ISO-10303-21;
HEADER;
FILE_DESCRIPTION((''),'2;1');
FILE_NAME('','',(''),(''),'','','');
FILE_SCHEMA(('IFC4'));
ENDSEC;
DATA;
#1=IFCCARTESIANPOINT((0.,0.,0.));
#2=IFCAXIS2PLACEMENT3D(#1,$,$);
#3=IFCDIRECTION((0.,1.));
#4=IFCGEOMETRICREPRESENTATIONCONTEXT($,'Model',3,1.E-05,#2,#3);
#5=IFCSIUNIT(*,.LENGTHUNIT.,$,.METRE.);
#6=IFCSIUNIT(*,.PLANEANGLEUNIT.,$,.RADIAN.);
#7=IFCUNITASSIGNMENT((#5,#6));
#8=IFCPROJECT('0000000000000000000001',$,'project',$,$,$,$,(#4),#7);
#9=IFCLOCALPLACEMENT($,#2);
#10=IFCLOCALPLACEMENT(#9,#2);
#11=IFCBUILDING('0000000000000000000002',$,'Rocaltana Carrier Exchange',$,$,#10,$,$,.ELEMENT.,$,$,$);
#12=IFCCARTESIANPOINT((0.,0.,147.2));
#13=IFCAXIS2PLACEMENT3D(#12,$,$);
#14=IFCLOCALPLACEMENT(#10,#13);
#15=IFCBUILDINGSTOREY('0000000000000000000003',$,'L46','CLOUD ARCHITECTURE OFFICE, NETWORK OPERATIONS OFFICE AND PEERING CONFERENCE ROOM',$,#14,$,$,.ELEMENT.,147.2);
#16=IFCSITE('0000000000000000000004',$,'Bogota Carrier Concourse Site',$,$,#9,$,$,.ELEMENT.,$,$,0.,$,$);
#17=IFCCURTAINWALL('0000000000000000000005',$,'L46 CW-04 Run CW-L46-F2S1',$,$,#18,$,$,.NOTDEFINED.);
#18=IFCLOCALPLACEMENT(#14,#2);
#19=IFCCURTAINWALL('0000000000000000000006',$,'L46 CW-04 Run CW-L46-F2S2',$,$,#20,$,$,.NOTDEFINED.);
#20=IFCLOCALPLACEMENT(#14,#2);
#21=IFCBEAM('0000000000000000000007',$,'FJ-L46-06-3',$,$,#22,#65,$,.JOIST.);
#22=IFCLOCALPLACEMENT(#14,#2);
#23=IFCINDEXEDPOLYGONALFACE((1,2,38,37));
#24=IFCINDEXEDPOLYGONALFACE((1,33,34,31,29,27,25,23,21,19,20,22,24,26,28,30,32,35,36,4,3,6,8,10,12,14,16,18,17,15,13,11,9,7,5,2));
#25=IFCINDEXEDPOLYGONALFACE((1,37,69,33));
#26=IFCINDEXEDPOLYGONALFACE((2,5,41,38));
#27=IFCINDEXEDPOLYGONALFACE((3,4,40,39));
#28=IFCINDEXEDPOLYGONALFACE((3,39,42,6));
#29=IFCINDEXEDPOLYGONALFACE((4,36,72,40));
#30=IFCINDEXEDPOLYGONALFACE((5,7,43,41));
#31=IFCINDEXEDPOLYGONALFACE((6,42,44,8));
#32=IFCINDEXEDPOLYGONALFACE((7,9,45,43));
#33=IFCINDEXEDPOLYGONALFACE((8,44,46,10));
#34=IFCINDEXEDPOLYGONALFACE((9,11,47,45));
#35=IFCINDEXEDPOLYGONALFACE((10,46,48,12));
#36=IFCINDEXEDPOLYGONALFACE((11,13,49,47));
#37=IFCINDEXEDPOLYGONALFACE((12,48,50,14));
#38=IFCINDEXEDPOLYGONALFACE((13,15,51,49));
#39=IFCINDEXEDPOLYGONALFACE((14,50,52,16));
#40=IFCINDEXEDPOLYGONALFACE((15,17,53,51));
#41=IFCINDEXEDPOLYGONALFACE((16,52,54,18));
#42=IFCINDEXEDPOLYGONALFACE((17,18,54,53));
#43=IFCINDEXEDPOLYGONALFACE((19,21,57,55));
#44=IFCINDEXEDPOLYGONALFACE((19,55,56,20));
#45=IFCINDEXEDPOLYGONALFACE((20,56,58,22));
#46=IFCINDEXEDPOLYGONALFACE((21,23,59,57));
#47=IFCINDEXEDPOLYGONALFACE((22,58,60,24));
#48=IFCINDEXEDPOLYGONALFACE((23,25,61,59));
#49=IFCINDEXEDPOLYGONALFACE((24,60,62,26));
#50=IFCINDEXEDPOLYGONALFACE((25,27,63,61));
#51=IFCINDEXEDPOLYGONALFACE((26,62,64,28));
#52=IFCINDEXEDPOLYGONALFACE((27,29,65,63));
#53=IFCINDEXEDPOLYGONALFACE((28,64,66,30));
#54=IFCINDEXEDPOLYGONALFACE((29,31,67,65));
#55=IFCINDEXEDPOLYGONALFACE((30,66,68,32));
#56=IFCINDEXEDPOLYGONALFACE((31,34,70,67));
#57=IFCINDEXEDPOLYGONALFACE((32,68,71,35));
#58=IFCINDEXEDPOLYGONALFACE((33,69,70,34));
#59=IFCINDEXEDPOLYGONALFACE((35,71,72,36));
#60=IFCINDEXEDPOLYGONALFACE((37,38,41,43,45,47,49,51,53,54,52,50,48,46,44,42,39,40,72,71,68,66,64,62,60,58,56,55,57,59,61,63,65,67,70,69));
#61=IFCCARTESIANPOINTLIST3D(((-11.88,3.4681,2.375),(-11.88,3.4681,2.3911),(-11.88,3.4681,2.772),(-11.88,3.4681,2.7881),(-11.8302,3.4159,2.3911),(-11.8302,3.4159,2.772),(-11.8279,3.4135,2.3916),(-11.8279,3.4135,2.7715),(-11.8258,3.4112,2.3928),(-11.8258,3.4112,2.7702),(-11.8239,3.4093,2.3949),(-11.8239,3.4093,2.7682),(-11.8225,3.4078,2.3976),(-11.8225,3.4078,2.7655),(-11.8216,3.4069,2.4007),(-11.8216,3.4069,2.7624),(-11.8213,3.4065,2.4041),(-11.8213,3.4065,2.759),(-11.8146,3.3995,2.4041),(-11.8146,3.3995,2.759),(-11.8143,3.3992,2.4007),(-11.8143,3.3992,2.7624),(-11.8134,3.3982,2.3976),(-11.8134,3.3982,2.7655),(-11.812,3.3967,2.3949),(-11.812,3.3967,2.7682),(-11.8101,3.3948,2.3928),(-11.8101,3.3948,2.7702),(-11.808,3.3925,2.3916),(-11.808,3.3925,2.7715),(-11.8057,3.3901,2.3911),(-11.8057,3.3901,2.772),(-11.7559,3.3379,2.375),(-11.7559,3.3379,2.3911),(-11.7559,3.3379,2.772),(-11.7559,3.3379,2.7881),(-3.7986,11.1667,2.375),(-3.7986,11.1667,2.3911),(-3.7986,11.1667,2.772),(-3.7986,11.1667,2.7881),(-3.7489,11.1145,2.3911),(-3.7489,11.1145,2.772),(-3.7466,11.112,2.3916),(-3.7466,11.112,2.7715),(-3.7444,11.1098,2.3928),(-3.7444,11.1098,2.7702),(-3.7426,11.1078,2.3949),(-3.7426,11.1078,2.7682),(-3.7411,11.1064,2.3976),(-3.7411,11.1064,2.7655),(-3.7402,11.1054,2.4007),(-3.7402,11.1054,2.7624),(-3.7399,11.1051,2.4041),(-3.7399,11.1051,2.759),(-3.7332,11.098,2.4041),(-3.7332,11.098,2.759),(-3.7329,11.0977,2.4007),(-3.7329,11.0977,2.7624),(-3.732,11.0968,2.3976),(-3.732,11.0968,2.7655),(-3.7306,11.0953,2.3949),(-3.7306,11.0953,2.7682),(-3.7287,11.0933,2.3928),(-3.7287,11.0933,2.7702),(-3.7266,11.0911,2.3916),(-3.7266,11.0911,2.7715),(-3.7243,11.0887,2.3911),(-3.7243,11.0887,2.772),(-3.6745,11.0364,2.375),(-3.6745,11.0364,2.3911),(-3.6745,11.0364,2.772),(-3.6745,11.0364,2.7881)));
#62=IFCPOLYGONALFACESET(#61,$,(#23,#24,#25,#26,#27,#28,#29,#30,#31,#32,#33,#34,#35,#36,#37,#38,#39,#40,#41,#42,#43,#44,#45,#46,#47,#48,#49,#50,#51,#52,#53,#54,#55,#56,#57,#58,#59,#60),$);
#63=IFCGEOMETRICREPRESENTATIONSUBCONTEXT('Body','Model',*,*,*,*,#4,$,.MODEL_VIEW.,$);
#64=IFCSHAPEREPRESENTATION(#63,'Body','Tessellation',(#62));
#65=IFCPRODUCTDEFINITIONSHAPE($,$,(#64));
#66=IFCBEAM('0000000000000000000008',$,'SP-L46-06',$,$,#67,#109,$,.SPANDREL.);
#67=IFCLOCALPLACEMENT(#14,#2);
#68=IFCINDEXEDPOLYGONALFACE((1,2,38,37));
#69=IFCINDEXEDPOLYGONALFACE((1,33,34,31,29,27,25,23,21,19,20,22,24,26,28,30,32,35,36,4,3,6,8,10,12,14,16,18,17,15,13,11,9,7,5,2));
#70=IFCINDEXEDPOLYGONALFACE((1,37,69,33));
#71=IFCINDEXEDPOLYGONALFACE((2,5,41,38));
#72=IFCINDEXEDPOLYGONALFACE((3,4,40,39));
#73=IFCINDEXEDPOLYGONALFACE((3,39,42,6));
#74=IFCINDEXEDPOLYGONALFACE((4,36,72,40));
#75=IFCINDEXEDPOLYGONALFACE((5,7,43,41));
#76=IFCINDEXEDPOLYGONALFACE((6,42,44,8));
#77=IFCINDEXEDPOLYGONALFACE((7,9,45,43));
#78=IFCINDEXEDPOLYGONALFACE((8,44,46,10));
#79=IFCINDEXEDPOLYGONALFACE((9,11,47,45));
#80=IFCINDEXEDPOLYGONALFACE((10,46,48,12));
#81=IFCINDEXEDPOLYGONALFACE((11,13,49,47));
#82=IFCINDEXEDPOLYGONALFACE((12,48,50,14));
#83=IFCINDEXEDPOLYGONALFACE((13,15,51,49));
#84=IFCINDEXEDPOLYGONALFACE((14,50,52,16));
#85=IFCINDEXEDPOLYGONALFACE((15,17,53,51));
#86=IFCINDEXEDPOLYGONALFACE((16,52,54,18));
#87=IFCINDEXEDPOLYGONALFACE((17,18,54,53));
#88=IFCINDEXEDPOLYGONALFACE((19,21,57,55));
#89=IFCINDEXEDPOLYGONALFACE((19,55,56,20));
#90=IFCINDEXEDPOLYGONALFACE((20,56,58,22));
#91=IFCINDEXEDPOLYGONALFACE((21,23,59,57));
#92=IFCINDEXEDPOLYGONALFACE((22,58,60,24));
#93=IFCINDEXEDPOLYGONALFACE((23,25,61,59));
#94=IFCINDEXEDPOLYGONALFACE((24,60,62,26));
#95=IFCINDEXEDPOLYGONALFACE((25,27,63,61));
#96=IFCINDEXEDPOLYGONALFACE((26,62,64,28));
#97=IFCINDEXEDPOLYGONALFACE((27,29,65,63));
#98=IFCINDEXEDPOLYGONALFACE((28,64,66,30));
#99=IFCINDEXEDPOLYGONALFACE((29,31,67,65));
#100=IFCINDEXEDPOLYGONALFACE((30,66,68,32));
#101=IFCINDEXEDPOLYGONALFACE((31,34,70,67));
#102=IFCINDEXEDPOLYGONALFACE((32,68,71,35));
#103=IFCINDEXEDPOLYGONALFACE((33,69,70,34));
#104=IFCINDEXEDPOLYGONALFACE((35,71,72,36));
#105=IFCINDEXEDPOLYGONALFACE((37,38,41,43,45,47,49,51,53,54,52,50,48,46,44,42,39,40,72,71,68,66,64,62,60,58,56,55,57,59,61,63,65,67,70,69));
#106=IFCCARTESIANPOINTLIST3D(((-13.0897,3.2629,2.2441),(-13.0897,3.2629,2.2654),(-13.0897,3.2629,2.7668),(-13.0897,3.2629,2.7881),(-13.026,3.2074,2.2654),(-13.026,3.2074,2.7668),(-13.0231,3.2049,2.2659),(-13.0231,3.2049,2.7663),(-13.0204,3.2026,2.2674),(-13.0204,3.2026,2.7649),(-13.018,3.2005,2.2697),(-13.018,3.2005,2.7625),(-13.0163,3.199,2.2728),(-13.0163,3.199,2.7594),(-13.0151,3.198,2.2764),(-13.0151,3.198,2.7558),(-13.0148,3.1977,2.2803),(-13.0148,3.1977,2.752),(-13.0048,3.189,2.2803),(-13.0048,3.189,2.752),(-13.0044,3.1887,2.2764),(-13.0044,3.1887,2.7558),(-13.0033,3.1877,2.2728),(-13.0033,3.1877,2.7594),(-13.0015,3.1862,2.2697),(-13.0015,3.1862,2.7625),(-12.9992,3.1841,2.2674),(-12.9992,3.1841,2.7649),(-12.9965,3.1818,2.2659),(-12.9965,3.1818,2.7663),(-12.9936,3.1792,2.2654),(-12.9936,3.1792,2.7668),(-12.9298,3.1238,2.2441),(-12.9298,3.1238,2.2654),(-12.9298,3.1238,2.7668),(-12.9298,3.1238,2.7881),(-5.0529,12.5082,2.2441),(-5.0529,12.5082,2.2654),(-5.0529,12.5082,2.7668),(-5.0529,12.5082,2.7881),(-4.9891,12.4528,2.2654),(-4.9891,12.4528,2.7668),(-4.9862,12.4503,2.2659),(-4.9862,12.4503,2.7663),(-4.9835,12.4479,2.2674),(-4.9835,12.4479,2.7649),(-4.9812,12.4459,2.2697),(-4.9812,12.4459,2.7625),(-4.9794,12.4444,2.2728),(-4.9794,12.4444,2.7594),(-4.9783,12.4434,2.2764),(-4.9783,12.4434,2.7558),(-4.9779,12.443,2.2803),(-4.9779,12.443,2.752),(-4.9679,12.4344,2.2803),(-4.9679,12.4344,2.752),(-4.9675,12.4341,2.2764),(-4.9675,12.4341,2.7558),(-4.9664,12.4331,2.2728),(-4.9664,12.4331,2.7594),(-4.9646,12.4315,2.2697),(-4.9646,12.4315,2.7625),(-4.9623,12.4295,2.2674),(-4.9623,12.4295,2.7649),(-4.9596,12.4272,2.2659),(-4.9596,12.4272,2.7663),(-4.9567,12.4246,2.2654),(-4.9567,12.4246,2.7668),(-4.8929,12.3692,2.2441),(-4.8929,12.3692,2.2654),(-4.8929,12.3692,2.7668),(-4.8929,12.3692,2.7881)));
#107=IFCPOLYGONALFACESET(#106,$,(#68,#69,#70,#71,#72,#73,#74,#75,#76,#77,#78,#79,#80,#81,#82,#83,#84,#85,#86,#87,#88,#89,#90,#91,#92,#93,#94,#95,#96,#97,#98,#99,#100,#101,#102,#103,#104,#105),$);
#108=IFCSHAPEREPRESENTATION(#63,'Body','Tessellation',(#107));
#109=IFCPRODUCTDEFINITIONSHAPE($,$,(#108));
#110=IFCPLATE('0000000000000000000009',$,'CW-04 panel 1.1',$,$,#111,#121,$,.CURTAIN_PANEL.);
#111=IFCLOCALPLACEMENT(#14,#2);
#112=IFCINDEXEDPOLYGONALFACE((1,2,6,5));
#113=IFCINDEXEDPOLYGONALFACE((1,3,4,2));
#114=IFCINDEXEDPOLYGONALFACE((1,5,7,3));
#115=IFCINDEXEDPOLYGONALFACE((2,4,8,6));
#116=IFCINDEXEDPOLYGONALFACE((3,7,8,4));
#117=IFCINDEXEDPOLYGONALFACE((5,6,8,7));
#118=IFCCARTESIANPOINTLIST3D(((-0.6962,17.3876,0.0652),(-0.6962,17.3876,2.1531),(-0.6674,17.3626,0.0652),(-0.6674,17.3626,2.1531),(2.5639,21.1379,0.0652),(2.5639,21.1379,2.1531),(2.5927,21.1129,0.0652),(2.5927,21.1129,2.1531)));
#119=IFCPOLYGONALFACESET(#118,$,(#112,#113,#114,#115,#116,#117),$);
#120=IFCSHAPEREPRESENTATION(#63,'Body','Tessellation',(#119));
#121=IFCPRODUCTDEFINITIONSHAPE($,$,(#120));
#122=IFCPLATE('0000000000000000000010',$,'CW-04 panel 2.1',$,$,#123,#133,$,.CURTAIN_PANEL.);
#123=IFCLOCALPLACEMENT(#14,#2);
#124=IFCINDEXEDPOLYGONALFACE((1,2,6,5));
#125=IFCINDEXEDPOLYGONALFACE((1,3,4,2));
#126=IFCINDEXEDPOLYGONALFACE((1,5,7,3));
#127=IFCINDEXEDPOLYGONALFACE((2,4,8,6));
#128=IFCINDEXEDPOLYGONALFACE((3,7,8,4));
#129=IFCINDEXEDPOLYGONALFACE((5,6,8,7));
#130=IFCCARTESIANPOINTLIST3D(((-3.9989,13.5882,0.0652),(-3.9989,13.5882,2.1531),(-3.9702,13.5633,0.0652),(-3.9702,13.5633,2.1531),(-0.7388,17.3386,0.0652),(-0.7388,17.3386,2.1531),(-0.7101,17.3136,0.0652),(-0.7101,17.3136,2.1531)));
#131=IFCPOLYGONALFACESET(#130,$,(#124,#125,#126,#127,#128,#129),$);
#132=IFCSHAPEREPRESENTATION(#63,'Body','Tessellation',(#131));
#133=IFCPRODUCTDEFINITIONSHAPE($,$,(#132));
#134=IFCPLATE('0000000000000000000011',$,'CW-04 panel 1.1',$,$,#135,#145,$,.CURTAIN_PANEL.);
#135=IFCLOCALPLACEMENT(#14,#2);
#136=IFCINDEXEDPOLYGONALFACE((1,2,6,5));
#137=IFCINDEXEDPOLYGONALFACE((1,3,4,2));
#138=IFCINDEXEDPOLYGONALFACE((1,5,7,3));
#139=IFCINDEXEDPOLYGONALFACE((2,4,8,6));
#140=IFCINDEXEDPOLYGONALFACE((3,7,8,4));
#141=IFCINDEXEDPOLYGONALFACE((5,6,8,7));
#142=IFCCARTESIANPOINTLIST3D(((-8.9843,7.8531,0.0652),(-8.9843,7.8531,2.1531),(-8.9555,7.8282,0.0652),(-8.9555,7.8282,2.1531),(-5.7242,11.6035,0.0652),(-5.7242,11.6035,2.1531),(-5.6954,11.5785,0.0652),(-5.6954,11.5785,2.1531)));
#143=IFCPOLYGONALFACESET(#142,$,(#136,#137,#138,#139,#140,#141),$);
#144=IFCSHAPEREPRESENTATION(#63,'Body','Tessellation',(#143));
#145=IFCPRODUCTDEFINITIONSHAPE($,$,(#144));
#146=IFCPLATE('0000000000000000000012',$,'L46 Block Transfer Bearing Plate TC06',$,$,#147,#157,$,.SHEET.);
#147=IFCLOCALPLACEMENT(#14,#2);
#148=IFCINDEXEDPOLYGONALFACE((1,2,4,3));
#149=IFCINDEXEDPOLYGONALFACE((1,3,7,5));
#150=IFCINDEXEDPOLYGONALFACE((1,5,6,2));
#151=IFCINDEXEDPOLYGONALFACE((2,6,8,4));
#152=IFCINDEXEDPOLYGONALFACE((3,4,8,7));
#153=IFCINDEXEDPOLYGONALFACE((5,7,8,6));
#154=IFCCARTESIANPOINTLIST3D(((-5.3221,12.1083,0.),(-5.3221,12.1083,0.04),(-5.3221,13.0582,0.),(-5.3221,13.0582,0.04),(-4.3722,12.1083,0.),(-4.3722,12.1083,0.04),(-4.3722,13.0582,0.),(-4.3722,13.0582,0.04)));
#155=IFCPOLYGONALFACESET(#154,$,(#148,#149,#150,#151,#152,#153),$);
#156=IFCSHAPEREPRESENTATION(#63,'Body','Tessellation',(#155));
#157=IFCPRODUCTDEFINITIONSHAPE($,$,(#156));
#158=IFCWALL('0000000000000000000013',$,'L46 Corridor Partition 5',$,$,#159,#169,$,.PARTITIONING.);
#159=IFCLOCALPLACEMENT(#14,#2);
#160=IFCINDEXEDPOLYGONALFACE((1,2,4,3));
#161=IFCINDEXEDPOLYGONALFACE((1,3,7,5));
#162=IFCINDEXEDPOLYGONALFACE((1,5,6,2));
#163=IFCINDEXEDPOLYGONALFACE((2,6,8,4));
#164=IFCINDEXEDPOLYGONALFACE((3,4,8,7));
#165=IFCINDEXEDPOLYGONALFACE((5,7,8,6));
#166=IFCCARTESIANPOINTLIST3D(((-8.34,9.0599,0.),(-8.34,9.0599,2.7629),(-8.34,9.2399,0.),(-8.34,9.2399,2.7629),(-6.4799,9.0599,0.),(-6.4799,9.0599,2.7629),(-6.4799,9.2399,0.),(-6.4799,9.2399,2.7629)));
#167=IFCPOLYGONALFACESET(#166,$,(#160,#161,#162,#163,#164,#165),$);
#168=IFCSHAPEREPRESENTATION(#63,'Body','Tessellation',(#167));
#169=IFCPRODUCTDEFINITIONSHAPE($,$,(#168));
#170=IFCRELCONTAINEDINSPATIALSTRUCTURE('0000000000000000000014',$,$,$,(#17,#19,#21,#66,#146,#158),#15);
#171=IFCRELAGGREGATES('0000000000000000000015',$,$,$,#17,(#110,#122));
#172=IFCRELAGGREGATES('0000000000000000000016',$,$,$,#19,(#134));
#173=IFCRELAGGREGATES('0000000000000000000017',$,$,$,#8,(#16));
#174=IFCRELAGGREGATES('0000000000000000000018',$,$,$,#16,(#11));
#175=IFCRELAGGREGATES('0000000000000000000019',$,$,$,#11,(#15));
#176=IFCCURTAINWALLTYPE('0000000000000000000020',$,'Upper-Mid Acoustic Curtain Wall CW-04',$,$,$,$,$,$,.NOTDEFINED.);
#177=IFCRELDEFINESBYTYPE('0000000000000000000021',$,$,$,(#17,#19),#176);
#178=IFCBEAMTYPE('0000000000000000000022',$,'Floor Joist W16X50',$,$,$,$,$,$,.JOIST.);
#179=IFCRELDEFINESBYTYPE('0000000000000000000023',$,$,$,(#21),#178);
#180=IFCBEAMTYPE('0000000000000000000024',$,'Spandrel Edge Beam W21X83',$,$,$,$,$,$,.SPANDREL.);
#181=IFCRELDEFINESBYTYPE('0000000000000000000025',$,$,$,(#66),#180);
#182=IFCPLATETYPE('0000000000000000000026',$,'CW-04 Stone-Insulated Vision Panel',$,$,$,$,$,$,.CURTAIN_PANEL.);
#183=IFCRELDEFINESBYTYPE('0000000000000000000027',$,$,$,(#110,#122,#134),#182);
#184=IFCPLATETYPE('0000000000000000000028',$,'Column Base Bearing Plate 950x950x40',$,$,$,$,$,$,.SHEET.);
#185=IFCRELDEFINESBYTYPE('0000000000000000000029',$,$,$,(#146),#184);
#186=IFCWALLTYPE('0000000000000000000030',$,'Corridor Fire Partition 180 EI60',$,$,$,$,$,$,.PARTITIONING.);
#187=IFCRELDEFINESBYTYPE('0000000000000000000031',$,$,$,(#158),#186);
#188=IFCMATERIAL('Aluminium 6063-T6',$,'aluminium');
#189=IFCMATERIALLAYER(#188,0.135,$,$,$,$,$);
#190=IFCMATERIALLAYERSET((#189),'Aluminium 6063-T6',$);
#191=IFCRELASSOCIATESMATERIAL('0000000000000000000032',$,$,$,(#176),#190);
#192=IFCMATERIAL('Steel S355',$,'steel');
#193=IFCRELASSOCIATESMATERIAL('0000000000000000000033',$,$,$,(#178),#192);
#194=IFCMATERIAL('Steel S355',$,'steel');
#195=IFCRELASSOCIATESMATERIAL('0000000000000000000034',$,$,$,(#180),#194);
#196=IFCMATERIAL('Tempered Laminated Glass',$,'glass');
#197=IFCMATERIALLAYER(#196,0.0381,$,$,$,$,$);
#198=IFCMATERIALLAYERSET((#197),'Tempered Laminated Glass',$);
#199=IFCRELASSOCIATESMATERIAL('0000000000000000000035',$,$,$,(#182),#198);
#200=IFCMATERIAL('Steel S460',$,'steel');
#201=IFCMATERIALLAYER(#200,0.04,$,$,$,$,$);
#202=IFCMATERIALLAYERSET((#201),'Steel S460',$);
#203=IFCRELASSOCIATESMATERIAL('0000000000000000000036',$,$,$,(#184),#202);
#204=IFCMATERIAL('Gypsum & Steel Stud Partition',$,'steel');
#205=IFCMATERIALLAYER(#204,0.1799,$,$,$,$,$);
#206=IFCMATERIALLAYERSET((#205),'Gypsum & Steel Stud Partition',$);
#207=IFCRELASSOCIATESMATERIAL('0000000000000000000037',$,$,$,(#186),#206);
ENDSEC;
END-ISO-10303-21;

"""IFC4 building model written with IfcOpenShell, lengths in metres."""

from ifc_helpers import new_model, si_unit, direction, frame, frame_2d, origin, origin_2d, place, context, subcontext, project, spatial, rectangle, i_section, extrude, material, layer, layer_set, material_profile, profile_set, type_object, element, aggregate, save


model = new_model("IFC4")

# Units and contexts
model_context = context("Model", 3, precision=1e-05, world=origin(), true_north=direction((0.0, 1.0)))
body_context = subcontext(model_context, "Body", "Model", "MODEL_VIEW")
ifc_project = project(units=[si_unit("LENGTHUNIT", "METRE"), si_unit("PLANEANGLEUNIT", "RADIAN")], contexts=[model_context])

# Site, building, storey
site_placement = place(None, origin())
site = spatial("IfcSite", under=ifc_project, at=site_placement, Name="Bogota Carrier Concourse Site", CompositionType="ELEMENT", RefElevation=0.0)
building_placement = place(site_placement, origin())
building = spatial("IfcBuilding", under=site, at=building_placement, Name="Rocaltana Carrier Exchange", CompositionType="ELEMENT")
storey_placement = place(building_placement, frame((0.0, 0.0, 147.2)))
storey = spatial("IfcBuildingStorey", under=building, at=storey_placement, Name="L46", Description="CLOUD ARCHITECTURE OFFICE, NETWORK OPERATIONS OFFICE AND PEERING CONFERENCE ROOM", CompositionType="ELEMENT", Elevation=147.2)

# Curtain wall
ifc_material_1 = material(Name="Aluminium 6063-T6", Category="aluminium")
ifc_layer_1 = layer(ifc_material_1, 0.135)
ifc_layer_set_1 = layer_set([ifc_layer_1], Name="Aluminium 6063-T6")
curtain_wall_type = type_object("IfcCurtainWallType", Name="Upper-Mid Acoustic Curtain Wall CW-04", PredefinedType="NOTDEFINED", material=ifc_layer_set_1)
curtain_wall_1_placement = place(storey_placement, origin())
curtain_wall_1 = element("IfcCurtainWall", 1, at=curtain_wall_1_placement, inside=storey, type_object=curtain_wall_type, Name="L46 CW-04 Run CW-L46-F2S1", PredefinedType="NOTDEFINED")

# Curtain wall
curtain_wall_2_placement = place(storey_placement, origin())
curtain_wall_2 = element("IfcCurtainWall", 2, at=curtain_wall_2_placement, inside=storey, type_object=curtain_wall_type, Name="L46 CW-04 Run CW-L46-F2S2", PredefinedType="NOTDEFINED")

# Beams
ifc_material_2 = material(Name="Steel S355", Category="steel")
ifc_material_profile_1 = material_profile(ifc_material_2, i_section(OverallWidth=0.1799, OverallDepth=0.4131, WebThickness=0.0098, FlangeThickness=0.0161, FilletRadius=0.0129, at=origin_2d()), Name="W16X50")
ifc_profile_set_1 = profile_set([ifc_material_profile_1], Name="Steel S355")
beam_type_1 = type_object("IfcBeamType", Name="Floor Joist W16X50", PredefinedType="JOIST", material=ifc_profile_set_1)
beam_1_placement = place(storey_placement, frame((-3.7366, 11.1016, 2.5815), z_axis=(-0.724048, -0.68975, 0.0), x_axis=(0.68975, -0.724048, 0.0)))
element("IfcBeam", 3, at=beam_1_placement, inside=storey, type_object=beam_type_1, Name="FJ-L46-06-3", PredefinedType="JOIST", context=body_context, shape_type="SweptSolid", body=[
    extrude(i_section(OverallWidth=0.1799, OverallDepth=0.4131, WebThickness=0.0098, FlangeThickness=0.0161, FilletRadius=0.0129, at=origin_2d()), origin(), (0.0, 0.0, 1.0), 11.1614),
])
ifc_material_3 = material(Name="Steel S355", Category="steel")
ifc_material_profile_2 = material_profile(ifc_material_3, i_section(OverallWidth=0.2119, OverallDepth=0.5439, WebThickness=0.0132, FlangeThickness=0.0212, FilletRadius=0.0149, at=origin_2d()), Name="W21X83")
ifc_profile_set_2 = profile_set([ifc_material_profile_2], Name="Steel S355")
beam_type_2 = type_object("IfcBeamType", Name="Spandrel Edge Beam W21X83", PredefinedType="SPANDREL", material=ifc_profile_set_2)
beam_2_placement = place(storey_placement, frame((-4.9729, 12.4387, 2.5161), z_axis=(-0.656059, -0.75471, 0.0), x_axis=(0.75471, -0.656059, 0.0)))
element("IfcBeam", 4, at=beam_2_placement, inside=storey, type_object=beam_type_2, Name="SP-L46-06", PredefinedType="SPANDREL", context=body_context, shape_type="SweptSolid", body=[
    extrude(i_section(OverallWidth=0.2119, OverallDepth=0.5439, WebThickness=0.0132, FlangeThickness=0.0212, FilletRadius=0.0149, at=origin_2d()), origin(), (0.0, 0.0, 1.0), 12.2502),
])

# Plates
ifc_material_4 = material(Name="Tempered Laminated Glass", Category="glass")
ifc_layer_2 = layer(ifc_material_4, 0.0381)
ifc_layer_set_2 = layer_set([ifc_layer_2], Name="Tempered Laminated Glass")
plate_type_1 = type_object("IfcPlateType", Name="CW-04 Stone-Insulated Vision Panel", PredefinedType="CURTAIN_PANEL", material=ifc_layer_set_2)
plate_1_placement = place(storey_placement, frame((0.9482, 19.2502, 0.0652), z_axis=(0.0, 0.0, 1.0), x_axis=(-0.656057, -0.754712, 0.0)))
plate_1 = element("IfcPlate", 5, at=plate_1_placement, type_object=plate_type_1, Name="CW-04 panel 1.1", PredefinedType="CURTAIN_PANEL", context=body_context, shape_type="SweptSolid", body=[
    extrude(rectangle(XDim=4.9692, YDim=0.0381, at=origin_2d()), origin(), (0.0, 0.0, 1.0), 2.0879),
])
plate_2_placement = place(storey_placement, frame((-2.3545, 15.4509, 0.0652), z_axis=(0.0, 0.0, 1.0), x_axis=(-0.656057, -0.754712, 0.0)))
plate_2 = element("IfcPlate", 6, at=plate_2_placement, type_object=plate_type_1, Name="CW-04 panel 2.1", PredefinedType="CURTAIN_PANEL", context=body_context, shape_type="SweptSolid", body=[
    extrude(rectangle(XDim=4.9692, YDim=0.0381, at=origin_2d()), origin(), (0.0, 0.0, 1.0), 2.0879),
])
aggregate(curtain_wall_1, [plate_1, plate_2])
plate_3_placement = place(storey_placement, frame((-7.3398, 9.7158, 0.0652), z_axis=(0.0, 0.0, 1.0), x_axis=(-0.656057, -0.754712, 0.0)))
plate_3 = element("IfcPlate", 7, at=plate_3_placement, type_object=plate_type_1, Name="CW-04 panel 1.1", PredefinedType="CURTAIN_PANEL", context=body_context, shape_type="SweptSolid", body=[
    extrude(rectangle(XDim=4.9692, YDim=0.0381, at=origin_2d()), origin(), (0.0, 0.0, 1.0), 2.0879),
])
aggregate(curtain_wall_2, [plate_3])
ifc_material_5 = material(Name="Steel S460", Category="steel")
ifc_layer_3 = layer(ifc_material_5, 0.04)
ifc_layer_set_3 = layer_set([ifc_layer_3], Name="Steel S460")
plate_type_2 = type_object("IfcPlateType", Name="Column Base Bearing Plate 950x950x40", PredefinedType="SHEET", material=ifc_layer_set_3)
plate_4_placement = place(storey_placement, frame((-4.8472, 12.5833, 0.0), z_axis=(0.0, 0.0, 1.0), x_axis=(1.0, 0.0, 0.0)))
element("IfcPlate", 8, at=plate_4_placement, inside=storey, type_object=plate_type_2, Name="L46 Block Transfer Bearing Plate TC06", PredefinedType="SHEET", context=body_context, shape_type="SweptSolid", body=[
    extrude(rectangle(XDim=0.95, YDim=0.95, at=origin_2d()), origin(), (0.0, 0.0, 1.0), 0.04),
])

# Wall
ifc_material_6 = material(Name="Gypsum & Steel Stud Partition", Category="steel")
ifc_layer_4 = layer(ifc_material_6, 0.1799)
ifc_layer_set_4 = layer_set([ifc_layer_4], Name="Gypsum & Steel Stud Partition")
wall_type = type_object("IfcWallType", Name="Corridor Fire Partition 180 EI60", PredefinedType="PARTITIONING", material=ifc_layer_set_4)
wall_1_placement = place(storey_placement, frame((-8.3401, 9.1499, 0.0), z_axis=(0.0, 0.0, 1.0), x_axis=(1.0, 0.0, 0.0)))
element("IfcWall", 9, at=wall_1_placement, inside=storey, type_object=wall_type, Name="L46 Corridor Partition 5", PredefinedType="PARTITIONING", context=body_context, shape_type="SweptSolid", body=[
    extrude(rectangle(XDim=1.8601, YDim=0.1799, at=frame_2d((0.9302, 0.0))), origin(), (0.0, 0.0, 1.0), 2.7629),
])

save(model, "model.ifc")
